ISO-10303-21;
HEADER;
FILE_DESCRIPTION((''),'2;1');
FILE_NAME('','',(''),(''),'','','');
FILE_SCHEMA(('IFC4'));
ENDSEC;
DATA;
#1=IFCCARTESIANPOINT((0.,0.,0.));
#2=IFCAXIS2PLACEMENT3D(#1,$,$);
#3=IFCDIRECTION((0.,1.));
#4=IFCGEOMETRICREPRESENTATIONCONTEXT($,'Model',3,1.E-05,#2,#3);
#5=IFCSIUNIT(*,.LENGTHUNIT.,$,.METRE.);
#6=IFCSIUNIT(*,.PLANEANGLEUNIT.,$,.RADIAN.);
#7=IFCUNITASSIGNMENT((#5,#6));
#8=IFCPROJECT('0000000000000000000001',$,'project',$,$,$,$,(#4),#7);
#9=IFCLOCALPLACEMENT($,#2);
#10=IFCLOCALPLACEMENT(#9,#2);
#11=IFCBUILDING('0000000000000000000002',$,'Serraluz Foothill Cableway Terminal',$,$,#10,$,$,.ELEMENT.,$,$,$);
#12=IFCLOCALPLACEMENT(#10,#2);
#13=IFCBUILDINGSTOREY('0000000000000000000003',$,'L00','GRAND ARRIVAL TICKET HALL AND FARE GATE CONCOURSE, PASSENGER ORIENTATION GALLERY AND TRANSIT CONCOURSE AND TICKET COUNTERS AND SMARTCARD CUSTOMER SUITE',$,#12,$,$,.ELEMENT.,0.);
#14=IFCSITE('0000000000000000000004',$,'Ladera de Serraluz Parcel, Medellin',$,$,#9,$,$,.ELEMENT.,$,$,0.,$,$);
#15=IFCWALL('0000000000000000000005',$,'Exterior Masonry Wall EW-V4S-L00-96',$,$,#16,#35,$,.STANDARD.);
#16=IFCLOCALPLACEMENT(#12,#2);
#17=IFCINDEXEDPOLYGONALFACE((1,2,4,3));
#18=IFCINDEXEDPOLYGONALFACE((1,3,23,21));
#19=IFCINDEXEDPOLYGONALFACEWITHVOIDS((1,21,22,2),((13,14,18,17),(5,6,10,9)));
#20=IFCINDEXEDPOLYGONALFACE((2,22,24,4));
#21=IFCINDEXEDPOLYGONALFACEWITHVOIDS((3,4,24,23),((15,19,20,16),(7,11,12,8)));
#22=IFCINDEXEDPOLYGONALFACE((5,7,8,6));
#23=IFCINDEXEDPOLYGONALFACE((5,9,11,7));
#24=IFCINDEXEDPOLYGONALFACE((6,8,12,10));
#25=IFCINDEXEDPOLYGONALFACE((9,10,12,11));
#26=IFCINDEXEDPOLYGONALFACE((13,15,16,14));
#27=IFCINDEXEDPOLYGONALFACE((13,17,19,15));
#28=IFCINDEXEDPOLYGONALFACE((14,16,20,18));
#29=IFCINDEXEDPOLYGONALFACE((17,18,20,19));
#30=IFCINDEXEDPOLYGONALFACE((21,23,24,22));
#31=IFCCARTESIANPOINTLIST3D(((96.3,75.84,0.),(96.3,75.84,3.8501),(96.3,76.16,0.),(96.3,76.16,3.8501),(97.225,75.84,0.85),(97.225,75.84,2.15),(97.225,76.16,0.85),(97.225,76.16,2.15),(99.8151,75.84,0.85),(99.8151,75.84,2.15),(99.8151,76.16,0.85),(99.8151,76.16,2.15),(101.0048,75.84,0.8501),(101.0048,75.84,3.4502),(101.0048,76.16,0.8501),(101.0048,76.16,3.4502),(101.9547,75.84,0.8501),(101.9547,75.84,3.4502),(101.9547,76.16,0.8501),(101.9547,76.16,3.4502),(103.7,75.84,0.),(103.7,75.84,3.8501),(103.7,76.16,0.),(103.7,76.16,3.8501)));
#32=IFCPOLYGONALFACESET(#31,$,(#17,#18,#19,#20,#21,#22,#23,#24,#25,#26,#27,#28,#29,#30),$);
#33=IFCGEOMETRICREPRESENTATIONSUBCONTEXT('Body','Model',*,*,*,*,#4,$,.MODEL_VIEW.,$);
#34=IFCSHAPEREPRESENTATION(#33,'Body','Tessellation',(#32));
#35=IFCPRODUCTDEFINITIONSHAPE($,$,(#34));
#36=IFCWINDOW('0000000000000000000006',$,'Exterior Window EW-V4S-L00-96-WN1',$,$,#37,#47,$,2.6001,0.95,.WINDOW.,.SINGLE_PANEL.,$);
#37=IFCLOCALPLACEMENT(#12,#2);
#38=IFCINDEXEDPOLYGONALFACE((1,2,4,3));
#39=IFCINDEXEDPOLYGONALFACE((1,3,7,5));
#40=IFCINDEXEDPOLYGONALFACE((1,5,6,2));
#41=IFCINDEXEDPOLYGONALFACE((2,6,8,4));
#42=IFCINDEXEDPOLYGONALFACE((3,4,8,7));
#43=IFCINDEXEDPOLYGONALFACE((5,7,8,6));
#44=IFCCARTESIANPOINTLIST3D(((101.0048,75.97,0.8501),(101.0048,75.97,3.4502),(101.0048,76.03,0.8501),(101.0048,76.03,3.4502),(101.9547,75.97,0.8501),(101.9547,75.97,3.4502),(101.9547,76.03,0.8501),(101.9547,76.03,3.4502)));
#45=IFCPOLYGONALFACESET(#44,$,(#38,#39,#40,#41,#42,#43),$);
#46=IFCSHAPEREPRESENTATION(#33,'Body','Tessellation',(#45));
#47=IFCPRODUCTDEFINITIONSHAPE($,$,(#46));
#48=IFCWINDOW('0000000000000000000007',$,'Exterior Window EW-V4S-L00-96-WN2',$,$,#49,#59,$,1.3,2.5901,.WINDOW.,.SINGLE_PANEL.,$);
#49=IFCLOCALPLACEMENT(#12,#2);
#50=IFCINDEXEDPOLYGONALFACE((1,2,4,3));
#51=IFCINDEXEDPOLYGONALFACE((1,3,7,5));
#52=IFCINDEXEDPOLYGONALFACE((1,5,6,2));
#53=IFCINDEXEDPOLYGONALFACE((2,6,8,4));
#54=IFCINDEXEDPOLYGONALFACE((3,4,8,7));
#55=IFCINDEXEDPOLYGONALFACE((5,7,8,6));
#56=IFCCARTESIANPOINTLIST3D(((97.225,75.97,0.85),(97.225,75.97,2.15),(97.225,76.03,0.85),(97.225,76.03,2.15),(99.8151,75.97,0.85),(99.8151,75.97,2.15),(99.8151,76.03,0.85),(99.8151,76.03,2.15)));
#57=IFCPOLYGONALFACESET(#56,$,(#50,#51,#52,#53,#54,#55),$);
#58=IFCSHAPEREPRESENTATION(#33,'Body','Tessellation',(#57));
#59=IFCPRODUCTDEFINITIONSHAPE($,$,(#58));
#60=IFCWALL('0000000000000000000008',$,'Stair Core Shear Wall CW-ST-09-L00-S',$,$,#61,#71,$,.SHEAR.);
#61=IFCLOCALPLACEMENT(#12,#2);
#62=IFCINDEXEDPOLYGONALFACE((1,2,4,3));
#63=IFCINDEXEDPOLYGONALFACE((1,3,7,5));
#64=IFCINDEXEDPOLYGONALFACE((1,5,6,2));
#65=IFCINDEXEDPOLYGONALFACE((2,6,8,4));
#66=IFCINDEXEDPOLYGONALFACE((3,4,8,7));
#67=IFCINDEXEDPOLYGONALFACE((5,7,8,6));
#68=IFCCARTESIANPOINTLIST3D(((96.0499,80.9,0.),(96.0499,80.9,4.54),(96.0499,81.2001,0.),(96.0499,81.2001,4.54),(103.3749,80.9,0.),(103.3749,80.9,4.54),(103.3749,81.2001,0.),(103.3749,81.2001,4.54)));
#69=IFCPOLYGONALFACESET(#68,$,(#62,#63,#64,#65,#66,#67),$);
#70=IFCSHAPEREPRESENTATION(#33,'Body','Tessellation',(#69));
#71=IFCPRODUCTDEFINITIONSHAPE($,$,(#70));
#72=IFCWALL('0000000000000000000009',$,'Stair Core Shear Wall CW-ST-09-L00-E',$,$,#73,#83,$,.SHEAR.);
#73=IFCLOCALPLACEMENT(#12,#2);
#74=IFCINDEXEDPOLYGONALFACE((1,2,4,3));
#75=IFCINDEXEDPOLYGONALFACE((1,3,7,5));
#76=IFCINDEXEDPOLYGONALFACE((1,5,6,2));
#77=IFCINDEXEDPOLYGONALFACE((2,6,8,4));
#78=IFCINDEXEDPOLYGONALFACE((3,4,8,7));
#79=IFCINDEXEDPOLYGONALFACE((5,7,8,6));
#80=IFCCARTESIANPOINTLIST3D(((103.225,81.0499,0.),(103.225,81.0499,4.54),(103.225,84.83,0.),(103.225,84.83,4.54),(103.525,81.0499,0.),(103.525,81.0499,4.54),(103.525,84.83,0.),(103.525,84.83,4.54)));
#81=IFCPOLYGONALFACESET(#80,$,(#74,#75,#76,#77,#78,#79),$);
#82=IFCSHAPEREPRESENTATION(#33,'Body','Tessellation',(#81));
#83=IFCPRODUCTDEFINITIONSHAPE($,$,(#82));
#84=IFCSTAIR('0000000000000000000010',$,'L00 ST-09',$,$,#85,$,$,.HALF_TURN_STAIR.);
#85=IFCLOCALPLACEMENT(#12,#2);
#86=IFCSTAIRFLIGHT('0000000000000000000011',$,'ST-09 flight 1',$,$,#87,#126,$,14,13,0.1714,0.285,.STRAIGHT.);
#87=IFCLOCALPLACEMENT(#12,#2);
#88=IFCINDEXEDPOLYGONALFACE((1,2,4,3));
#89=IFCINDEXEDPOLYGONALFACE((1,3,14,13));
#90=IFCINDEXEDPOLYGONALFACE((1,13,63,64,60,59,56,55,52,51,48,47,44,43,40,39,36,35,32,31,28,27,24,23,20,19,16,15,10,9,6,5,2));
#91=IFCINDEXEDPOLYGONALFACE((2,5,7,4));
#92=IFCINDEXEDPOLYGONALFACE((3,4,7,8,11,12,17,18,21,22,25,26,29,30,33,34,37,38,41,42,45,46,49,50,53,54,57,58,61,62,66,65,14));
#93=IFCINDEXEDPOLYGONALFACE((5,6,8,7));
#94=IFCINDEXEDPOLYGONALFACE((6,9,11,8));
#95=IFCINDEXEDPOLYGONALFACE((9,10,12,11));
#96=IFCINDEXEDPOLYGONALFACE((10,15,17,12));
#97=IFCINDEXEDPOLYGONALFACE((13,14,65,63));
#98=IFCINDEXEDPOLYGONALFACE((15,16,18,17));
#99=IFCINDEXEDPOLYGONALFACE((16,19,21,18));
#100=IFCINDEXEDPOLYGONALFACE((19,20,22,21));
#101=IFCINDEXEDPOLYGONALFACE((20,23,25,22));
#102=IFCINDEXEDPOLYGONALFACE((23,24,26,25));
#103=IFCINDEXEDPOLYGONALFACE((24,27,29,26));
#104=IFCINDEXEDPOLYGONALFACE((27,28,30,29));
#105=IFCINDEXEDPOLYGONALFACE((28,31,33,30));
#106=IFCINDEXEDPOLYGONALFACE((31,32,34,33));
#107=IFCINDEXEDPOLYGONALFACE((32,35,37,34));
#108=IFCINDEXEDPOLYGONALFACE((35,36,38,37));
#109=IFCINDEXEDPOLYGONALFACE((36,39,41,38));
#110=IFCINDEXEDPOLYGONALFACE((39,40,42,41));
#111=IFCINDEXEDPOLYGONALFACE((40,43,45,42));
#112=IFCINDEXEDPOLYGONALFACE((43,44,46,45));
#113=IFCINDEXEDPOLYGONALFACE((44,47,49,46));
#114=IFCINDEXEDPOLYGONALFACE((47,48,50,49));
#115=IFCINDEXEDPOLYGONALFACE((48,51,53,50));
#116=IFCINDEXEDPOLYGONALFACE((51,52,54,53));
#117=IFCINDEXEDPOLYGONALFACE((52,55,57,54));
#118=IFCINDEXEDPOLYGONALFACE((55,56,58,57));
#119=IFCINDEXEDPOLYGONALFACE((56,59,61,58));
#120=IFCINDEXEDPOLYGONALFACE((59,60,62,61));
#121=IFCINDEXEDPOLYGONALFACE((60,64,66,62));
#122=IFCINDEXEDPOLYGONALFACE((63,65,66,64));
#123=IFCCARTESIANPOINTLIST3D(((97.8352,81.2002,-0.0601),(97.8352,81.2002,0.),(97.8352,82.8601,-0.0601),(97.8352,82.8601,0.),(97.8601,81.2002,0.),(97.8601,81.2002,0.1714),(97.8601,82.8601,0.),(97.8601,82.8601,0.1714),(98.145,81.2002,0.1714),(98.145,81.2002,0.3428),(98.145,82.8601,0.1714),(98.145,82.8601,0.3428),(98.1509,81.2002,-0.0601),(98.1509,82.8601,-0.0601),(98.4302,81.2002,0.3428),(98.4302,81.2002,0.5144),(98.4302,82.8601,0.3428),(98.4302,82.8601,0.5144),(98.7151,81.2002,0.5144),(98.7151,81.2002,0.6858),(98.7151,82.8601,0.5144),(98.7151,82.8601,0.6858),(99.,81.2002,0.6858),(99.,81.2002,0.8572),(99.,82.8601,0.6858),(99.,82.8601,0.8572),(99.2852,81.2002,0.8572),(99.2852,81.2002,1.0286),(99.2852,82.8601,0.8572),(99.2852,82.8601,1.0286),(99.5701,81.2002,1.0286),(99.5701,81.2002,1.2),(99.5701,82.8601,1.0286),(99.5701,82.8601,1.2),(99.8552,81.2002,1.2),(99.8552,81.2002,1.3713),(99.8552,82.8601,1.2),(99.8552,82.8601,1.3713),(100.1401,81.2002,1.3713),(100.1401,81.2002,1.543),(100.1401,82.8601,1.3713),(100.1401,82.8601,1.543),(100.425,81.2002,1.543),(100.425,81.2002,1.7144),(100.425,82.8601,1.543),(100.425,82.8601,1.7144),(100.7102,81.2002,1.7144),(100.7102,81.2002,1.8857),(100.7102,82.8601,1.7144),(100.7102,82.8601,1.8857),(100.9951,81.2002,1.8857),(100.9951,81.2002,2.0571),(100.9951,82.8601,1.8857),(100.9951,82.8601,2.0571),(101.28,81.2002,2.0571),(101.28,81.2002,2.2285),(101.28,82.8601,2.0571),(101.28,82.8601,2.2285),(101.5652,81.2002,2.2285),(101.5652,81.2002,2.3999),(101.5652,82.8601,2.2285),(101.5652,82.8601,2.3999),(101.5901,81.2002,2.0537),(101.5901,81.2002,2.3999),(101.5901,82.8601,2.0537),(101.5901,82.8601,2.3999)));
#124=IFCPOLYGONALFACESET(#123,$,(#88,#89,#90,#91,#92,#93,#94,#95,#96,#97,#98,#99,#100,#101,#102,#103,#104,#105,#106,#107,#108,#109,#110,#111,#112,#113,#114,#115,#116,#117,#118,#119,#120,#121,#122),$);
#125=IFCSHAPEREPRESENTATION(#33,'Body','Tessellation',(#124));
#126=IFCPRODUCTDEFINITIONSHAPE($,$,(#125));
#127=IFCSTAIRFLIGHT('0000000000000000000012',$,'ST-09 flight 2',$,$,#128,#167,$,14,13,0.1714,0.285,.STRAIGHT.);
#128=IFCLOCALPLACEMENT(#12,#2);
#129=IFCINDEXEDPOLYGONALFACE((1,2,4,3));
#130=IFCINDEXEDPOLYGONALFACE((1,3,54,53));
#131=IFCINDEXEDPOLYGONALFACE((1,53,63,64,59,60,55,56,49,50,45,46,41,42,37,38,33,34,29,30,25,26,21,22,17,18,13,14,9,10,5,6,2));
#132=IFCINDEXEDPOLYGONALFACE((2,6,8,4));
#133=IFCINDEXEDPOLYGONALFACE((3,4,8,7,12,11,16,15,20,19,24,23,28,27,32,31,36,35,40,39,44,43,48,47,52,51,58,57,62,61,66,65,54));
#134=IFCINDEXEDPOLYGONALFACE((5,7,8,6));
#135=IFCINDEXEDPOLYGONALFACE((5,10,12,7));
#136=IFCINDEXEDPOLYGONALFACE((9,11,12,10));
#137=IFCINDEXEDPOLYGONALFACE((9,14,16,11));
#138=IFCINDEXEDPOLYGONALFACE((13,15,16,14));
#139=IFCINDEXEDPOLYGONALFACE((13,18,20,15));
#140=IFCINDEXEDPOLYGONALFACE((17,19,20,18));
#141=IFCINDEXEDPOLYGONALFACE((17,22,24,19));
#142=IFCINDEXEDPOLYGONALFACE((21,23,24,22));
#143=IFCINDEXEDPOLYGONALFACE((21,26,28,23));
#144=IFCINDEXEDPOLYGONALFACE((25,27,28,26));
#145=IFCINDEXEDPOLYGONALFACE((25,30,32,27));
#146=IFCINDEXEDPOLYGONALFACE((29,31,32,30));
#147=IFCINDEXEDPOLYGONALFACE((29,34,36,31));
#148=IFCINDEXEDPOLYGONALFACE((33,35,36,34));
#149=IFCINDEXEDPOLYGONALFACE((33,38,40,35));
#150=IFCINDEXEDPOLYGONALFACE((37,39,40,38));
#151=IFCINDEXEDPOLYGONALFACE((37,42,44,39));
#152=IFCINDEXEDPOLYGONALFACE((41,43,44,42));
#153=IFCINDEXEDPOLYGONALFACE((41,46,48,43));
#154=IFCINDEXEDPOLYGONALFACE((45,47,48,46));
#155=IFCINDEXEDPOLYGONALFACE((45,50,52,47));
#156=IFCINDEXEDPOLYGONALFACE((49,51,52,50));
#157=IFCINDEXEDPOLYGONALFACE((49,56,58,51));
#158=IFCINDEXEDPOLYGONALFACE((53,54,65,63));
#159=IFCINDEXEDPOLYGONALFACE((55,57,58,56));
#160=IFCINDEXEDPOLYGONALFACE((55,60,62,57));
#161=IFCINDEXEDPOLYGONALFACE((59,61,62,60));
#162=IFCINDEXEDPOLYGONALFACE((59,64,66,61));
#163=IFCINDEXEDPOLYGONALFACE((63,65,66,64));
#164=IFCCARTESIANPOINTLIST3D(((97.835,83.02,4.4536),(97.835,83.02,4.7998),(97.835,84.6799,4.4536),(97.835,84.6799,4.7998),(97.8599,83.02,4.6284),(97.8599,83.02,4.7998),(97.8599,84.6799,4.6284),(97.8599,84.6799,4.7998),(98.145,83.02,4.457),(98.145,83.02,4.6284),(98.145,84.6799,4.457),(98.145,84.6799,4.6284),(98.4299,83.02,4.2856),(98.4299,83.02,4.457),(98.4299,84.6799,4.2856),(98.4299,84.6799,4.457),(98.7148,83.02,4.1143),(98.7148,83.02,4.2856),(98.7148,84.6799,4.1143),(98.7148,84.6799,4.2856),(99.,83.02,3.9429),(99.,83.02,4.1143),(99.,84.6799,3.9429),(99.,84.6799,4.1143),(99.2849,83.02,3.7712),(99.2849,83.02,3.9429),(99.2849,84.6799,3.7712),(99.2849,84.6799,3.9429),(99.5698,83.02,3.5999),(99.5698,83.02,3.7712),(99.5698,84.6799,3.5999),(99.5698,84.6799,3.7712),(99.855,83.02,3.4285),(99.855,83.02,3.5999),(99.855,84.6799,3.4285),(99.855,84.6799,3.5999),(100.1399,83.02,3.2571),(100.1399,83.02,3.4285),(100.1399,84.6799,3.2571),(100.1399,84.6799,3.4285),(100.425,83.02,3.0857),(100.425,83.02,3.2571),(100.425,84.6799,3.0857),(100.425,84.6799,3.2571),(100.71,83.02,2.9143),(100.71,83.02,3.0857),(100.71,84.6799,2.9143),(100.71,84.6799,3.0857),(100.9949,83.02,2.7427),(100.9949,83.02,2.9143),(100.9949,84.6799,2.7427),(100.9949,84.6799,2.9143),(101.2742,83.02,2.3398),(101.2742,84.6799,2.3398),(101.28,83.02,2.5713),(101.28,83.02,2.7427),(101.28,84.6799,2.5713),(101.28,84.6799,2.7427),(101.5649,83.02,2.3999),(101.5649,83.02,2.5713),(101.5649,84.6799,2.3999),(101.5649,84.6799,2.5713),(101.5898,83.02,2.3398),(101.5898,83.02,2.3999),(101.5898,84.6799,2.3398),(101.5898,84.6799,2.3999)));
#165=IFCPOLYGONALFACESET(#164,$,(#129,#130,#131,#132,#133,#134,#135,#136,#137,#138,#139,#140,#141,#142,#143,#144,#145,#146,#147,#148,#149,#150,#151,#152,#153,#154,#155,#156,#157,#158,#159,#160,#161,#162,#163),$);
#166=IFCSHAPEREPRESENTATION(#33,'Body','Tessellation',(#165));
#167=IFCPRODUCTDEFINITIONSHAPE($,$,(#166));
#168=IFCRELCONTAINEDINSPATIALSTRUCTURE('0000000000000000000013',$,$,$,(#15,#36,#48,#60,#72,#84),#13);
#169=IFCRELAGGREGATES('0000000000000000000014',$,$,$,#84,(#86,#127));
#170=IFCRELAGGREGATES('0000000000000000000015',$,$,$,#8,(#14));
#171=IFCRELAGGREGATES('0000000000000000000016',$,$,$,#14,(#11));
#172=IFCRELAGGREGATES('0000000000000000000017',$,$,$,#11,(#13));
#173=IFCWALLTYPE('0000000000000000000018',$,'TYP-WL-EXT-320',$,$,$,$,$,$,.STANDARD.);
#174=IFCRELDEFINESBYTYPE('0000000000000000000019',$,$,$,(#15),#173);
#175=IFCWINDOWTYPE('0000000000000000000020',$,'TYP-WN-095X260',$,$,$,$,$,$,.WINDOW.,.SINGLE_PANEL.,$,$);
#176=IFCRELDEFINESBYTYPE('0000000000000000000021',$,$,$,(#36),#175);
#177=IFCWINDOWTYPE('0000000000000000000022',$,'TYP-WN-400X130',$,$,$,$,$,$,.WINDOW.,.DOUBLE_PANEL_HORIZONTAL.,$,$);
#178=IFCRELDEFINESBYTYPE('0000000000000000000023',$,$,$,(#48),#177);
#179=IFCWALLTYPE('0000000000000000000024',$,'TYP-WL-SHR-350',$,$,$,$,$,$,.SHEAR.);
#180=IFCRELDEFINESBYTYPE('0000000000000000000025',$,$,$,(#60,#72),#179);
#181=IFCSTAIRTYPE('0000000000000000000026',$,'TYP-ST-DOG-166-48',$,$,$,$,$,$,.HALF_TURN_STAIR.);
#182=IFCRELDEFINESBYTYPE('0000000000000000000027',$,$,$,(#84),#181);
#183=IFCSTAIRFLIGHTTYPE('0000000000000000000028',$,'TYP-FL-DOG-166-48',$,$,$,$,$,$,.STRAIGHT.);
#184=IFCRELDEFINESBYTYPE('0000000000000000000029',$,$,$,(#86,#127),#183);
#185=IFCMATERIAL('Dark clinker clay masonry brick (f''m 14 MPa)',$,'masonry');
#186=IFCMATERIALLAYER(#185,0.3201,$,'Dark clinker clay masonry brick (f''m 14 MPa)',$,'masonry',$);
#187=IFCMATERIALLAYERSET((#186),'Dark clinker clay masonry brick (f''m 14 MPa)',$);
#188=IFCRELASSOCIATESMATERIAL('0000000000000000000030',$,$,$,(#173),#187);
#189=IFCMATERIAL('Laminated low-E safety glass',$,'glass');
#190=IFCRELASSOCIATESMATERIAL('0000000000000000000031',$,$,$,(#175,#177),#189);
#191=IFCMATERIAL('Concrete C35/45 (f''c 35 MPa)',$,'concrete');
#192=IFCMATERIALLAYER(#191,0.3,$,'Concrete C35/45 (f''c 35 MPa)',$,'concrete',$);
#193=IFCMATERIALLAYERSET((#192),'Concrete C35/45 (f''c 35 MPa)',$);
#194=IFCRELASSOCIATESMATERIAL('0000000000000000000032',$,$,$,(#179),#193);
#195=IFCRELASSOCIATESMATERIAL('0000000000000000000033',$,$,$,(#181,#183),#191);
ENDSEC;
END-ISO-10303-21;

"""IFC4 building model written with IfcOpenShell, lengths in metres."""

from ifc_helpers import new_model, si_unit, direction, frame, frame_2d, origin, place, context, subcontext, project, spatial, polyline, rectangle, outline, extrude, material, layer, layer_set, type_object, element, fill, aggregate, save


model = new_model("IFC4")

# Units and contexts
model_context = context("Model", 3, precision=1e-05, world=origin(), true_north=direction((0.0, 1.0)))
body_context = subcontext(model_context, "Body", "Model", "MODEL_VIEW")
ifc_project = project(units=[si_unit("LENGTHUNIT", "METRE"), si_unit("PLANEANGLEUNIT", "RADIAN")], contexts=[model_context])

# Site, building, storey
site_placement = place(None, origin())
site = spatial("IfcSite", under=ifc_project, at=site_placement, Name="Ladera de Serraluz Parcel, Medellin", CompositionType="ELEMENT", RefElevation=0.0)
building_placement = place(site_placement, origin())
building = spatial("IfcBuilding", under=site, at=building_placement, Name="Serraluz Foothill Cableway Terminal", CompositionType="ELEMENT")
storey_placement = place(building_placement, origin())
storey = spatial("IfcBuildingStorey", under=building, at=storey_placement, Name="L00", Description="GRAND ARRIVAL TICKET HALL AND FARE GATE CONCOURSE, PASSENGER ORIENTATION GALLERY AND TRANSIT CONCOURSE AND TICKET COUNTERS AND SMARTCARD CUSTOMER SUITE", CompositionType="ELEMENT", Elevation=0.0)

# Shared definitions
ifc_material_1 = material(Name="Concrete C35/45 (f'c 35 MPa)", Category="concrete")

# Shared definitions
ifc_material_2 = material(Name="Dark clinker clay masonry brick (f'm 14 MPa)", Category="masonry")
ifc_layer_1 = layer(ifc_material_2, 0.3201, Name="Dark clinker clay masonry brick (f'm 14 MPa)", Category="masonry")
ifc_layer_set_1 = layer_set([ifc_layer_1], Name="Dark clinker clay masonry brick (f'm 14 MPa)")
wall_type_1 = type_object("IfcWallType", Name="TYP-WL-EXT-320", PredefinedType="STANDARD", material=ifc_layer_set_1)

# Wall, openings, windows
ifc_material_3 = material(Name="Laminated low-E safety glass", Category="glass")
wall_1_placement = place(storey_placement, frame((103.7, 76.0, 0.0), z_axis=(0.0, 0.0, 1.0), x_axis=(-1.0, 0.0, 0.0)))
wall_1 = element("IfcWall", 1, at=wall_1_placement, inside=storey, type_object=wall_type_1, Name="Exterior Masonry Wall EW-V4S-L00-96", PredefinedType="STANDARD", context=body_context, shape_type="SweptSolid", body=[
    extrude(rectangle(XDim=7.3999, YDim=0.3201, at=frame_2d((3.7, 0.0))), origin(), (0.0, 0.0, 1.0), 3.8501),
])
opening_1_placement = place(wall_1_placement, frame((1.7451, 0.0, 0.8501)))
opening_1 = element("IfcOpeningElement", 2, at=opening_1_placement, cuts=wall_1, PredefinedType="OPENING", context=body_context, shape_type="SweptSolid", body=[
    extrude(rectangle(XDim=0.95, YDim=2.6001, at=frame_2d((0.4751, 1.3))), frame((0.0, 0.1699, 0.0), z_axis=(0.0, -1.0, 0.0), x_axis=(1.0, 0.0, 0.0)), (0.0, 0.0, 1.0), 0.3401),
])
opening_2_placement = place(wall_1_placement, frame((3.885, 0.0, 0.8501)))
opening_2 = element("IfcOpeningElement", 3, at=opening_2_placement, cuts=wall_1, PredefinedType="OPENING", context=body_context, shape_type="SweptSolid", body=[
    extrude(rectangle(XDim=2.5901, YDim=1.3, at=frame_2d((1.2949, 0.6499))), frame((0.0, 0.1699, 0.0), z_axis=(0.0, -1.0, 0.0), x_axis=(1.0, 0.0, 0.0)), (0.0, 0.0, 1.0), 0.3401),
])
window_type_1 = type_object("IfcWindowType", Name="TYP-WN-095X260", PartitioningType="SINGLE_PANEL", PredefinedType="WINDOW", material=ifc_material_3)
window_1_placement = place(opening_1_placement, origin())
window_1 = element("IfcWindow", 4, at=window_1_placement, inside=storey, type_object=window_type_1, Name="Exterior Window EW-V4S-L00-96-WN1", OverallHeight=2.6001, OverallWidth=0.95, PartitioningType="SINGLE_PANEL", PredefinedType="WINDOW", context=body_context, shape_type="SweptSolid", body=[
    extrude(rectangle(XDim=0.95, YDim=2.6001, at=frame_2d((0.4751, 1.3))), frame((0.0, 0.03, 0.0), z_axis=(0.0, -1.0, 0.0), x_axis=(1.0, 0.0, 0.0)), (0.0, 0.0, 1.0), 0.0601),
])
fill(opening_1, window_1)
window_type_2 = type_object("IfcWindowType", Name="TYP-WN-400X130", PartitioningType="DOUBLE_PANEL_HORIZONTAL", PredefinedType="WINDOW", material=ifc_material_3)
window_2_placement = place(opening_2_placement, origin())
window_2 = element("IfcWindow", 5, at=window_2_placement, inside=storey, type_object=window_type_2, Name="Exterior Window EW-V4S-L00-96-WN2", OverallHeight=1.3, OverallWidth=2.5901, PartitioningType="SINGLE_PANEL", PredefinedType="WINDOW", context=body_context, shape_type="SweptSolid", body=[
    extrude(rectangle(XDim=2.5901, YDim=1.3, at=frame_2d((1.2949, 0.6499))), frame((0.0, 0.03, 0.0), z_axis=(0.0, -1.0, 0.0), x_axis=(1.0, 0.0, 0.0)), (0.0, 0.0, 1.0), 0.0601),
])
fill(opening_2, window_2)

# Walls
ifc_layer_2 = layer(ifc_material_1, 0.3, Name="Concrete C35/45 (f'c 35 MPa)", Category="concrete")
ifc_layer_set_2 = layer_set([ifc_layer_2], Name="Concrete C35/45 (f'c 35 MPa)")
wall_type_2 = type_object("IfcWallType", Name="TYP-WL-SHR-350", PredefinedType="SHEAR", material=ifc_layer_set_2)
wall_2_placement = place(storey_placement, frame((103.375, 81.05, 0.0), z_axis=(0.0, 0.0, 1.0), x_axis=(-1.0, 0.0, 0.0)))
element("IfcWall", 6, at=wall_2_placement, inside=storey, type_object=wall_type_2, Name="Stair Core Shear Wall CW-ST-09-L00-S", PredefinedType="SHEAR", context=body_context, shape_type="SweptSolid", body=[
    extrude(rectangle(XDim=7.325, YDim=0.3, at=frame_2d((3.6626, 0.0))), origin(), (0.0, 0.0, 1.0), 4.54),
])
wall_3_placement = place(storey_placement, frame((103.375, 84.8301, 0.0), z_axis=(0.0, 0.0, 1.0), x_axis=(0.0, -1.0, 0.0)))
element("IfcWall", 7, at=wall_3_placement, inside=storey, type_object=wall_type_2, Name="Stair Core Shear Wall CW-ST-09-L00-E", PredefinedType="SHEAR", context=body_context, shape_type="SweptSolid", body=[
    extrude(rectangle(XDim=3.78, YDim=0.3, at=frame_2d((1.8901, 0.0))), origin(), (0.0, 0.0, 1.0), 4.54),
])

# Stair, stair flights
stair_type = type_object("IfcStairType", Name="TYP-ST-DOG-166-48", PredefinedType="HALF_TURN_STAIR", material=ifc_material_1)
stair_placement = place(storey_placement, origin())
stair = element("IfcStair", 8, at=stair_placement, inside=storey, type_object=stair_type, Name="L00 ST-09", PredefinedType="HALF_TURN_STAIR")
stair_flight_type = type_object("IfcStairFlightType", Name="TYP-FL-DOG-166-48", PredefinedType="STRAIGHT", material=ifc_material_1)
stair_flight_1_placement = place(storey_placement, frame((97.8601, 82.03, 0.0), z_axis=(0.0, 0.0, 1.0), x_axis=(1.0, 0.0, 0.0)))
stair_flight_1 = element("IfcStairFlight", 9, at=stair_flight_1_placement, type_object=stair_flight_type, Name="ST-09 flight 1", NumberOfRisers=14, NumberOfTreads=13, PredefinedType="STRAIGHT", RiserHeight=0.1714, TreadLength=0.285, context=body_context, shape_type="SweptSolid", body=[
    extrude(outline(polyline([(-0.0249, -0.0601), (-0.0249, 0.0), (0.0, 0.0), (0.0, 0.1714), (0.2849, 0.1714), (0.2849, 0.3428), (0.5701, 0.3428), (0.5701, 0.5144), (0.855, 0.5144), (0.855, 0.6858), (1.1399, 0.6858), (1.1399, 0.8572), (1.425, 0.8572), (1.425, 1.0286), (1.71, 1.0286), (1.71, 1.2), (1.9951, 1.2), (1.9951, 1.3713), (2.28, 1.3713), (2.28, 1.543), (2.5649, 1.543), (2.5649, 1.7144), (2.8501, 1.7144), (2.8501, 1.8857), (3.135, 1.8857), (3.135, 2.0571), (3.4199, 2.0571), (3.4199, 2.2285), (3.7051, 2.2285), (3.7051, 2.3999), (3.73, 2.3999), (3.73, 2.0537), (0.2908, -0.0601), (-0.0249, -0.0601)])), frame((0.0, 0.8301, 0.0), z_axis=(0.0, -1.0, 0.0), x_axis=(1.0, 0.0, 0.0)), (0.0, 0.0, 1.0), 1.6599),
])
stair_flight_2_placement = place(storey_placement, frame((101.5649, 83.8501, 2.3999), z_axis=(0.0, 0.0, 1.0), x_axis=(-1.0, 0.0, 0.0)))
stair_flight_2 = element("IfcStairFlight", 10, at=stair_flight_2_placement, type_object=stair_flight_type, Name="ST-09 flight 2", NumberOfRisers=14, NumberOfTreads=13, PredefinedType="STRAIGHT", RiserHeight=0.1714, TreadLength=0.285, context=body_context, shape_type="SweptSolid", body=[
    extrude(outline(polyline([(-0.0249, -0.0601), (-0.0249, 0.0), (0.0, 0.0), (0.0, 0.1714), (0.2849, 0.1714), (0.2849, 0.3428), (0.5701, 0.3428), (0.5701, 0.5144), (0.855, 0.5144), (0.855, 0.6858), (1.1399, 0.6858), (1.1399, 0.8572), (1.425, 0.8572), (1.425, 1.0286), (1.71, 1.0286), (1.71, 1.2), (1.9951, 1.2), (1.9951, 1.3713), (2.28, 1.3713), (2.28, 1.543), (2.5649, 1.543), (2.5649, 1.7144), (2.8501, 1.7144), (2.8501, 1.8857), (3.135, 1.8857), (3.135, 2.0571), (3.4199, 2.0571), (3.4199, 2.2285), (3.7051, 2.2285), (3.7051, 2.3999), (3.73, 2.3999), (3.73, 2.0537), (0.2908, -0.0601), (-0.0249, -0.0601)])), frame((0.0, 0.8301, 0.0), z_axis=(0.0, -1.0, 0.0), x_axis=(1.0, 0.0, 0.0)), (0.0, 0.0, 1.0), 1.6599),
])
aggregate(stair, [stair_flight_1, stair_flight_2])

save(model, "model.ifc")
